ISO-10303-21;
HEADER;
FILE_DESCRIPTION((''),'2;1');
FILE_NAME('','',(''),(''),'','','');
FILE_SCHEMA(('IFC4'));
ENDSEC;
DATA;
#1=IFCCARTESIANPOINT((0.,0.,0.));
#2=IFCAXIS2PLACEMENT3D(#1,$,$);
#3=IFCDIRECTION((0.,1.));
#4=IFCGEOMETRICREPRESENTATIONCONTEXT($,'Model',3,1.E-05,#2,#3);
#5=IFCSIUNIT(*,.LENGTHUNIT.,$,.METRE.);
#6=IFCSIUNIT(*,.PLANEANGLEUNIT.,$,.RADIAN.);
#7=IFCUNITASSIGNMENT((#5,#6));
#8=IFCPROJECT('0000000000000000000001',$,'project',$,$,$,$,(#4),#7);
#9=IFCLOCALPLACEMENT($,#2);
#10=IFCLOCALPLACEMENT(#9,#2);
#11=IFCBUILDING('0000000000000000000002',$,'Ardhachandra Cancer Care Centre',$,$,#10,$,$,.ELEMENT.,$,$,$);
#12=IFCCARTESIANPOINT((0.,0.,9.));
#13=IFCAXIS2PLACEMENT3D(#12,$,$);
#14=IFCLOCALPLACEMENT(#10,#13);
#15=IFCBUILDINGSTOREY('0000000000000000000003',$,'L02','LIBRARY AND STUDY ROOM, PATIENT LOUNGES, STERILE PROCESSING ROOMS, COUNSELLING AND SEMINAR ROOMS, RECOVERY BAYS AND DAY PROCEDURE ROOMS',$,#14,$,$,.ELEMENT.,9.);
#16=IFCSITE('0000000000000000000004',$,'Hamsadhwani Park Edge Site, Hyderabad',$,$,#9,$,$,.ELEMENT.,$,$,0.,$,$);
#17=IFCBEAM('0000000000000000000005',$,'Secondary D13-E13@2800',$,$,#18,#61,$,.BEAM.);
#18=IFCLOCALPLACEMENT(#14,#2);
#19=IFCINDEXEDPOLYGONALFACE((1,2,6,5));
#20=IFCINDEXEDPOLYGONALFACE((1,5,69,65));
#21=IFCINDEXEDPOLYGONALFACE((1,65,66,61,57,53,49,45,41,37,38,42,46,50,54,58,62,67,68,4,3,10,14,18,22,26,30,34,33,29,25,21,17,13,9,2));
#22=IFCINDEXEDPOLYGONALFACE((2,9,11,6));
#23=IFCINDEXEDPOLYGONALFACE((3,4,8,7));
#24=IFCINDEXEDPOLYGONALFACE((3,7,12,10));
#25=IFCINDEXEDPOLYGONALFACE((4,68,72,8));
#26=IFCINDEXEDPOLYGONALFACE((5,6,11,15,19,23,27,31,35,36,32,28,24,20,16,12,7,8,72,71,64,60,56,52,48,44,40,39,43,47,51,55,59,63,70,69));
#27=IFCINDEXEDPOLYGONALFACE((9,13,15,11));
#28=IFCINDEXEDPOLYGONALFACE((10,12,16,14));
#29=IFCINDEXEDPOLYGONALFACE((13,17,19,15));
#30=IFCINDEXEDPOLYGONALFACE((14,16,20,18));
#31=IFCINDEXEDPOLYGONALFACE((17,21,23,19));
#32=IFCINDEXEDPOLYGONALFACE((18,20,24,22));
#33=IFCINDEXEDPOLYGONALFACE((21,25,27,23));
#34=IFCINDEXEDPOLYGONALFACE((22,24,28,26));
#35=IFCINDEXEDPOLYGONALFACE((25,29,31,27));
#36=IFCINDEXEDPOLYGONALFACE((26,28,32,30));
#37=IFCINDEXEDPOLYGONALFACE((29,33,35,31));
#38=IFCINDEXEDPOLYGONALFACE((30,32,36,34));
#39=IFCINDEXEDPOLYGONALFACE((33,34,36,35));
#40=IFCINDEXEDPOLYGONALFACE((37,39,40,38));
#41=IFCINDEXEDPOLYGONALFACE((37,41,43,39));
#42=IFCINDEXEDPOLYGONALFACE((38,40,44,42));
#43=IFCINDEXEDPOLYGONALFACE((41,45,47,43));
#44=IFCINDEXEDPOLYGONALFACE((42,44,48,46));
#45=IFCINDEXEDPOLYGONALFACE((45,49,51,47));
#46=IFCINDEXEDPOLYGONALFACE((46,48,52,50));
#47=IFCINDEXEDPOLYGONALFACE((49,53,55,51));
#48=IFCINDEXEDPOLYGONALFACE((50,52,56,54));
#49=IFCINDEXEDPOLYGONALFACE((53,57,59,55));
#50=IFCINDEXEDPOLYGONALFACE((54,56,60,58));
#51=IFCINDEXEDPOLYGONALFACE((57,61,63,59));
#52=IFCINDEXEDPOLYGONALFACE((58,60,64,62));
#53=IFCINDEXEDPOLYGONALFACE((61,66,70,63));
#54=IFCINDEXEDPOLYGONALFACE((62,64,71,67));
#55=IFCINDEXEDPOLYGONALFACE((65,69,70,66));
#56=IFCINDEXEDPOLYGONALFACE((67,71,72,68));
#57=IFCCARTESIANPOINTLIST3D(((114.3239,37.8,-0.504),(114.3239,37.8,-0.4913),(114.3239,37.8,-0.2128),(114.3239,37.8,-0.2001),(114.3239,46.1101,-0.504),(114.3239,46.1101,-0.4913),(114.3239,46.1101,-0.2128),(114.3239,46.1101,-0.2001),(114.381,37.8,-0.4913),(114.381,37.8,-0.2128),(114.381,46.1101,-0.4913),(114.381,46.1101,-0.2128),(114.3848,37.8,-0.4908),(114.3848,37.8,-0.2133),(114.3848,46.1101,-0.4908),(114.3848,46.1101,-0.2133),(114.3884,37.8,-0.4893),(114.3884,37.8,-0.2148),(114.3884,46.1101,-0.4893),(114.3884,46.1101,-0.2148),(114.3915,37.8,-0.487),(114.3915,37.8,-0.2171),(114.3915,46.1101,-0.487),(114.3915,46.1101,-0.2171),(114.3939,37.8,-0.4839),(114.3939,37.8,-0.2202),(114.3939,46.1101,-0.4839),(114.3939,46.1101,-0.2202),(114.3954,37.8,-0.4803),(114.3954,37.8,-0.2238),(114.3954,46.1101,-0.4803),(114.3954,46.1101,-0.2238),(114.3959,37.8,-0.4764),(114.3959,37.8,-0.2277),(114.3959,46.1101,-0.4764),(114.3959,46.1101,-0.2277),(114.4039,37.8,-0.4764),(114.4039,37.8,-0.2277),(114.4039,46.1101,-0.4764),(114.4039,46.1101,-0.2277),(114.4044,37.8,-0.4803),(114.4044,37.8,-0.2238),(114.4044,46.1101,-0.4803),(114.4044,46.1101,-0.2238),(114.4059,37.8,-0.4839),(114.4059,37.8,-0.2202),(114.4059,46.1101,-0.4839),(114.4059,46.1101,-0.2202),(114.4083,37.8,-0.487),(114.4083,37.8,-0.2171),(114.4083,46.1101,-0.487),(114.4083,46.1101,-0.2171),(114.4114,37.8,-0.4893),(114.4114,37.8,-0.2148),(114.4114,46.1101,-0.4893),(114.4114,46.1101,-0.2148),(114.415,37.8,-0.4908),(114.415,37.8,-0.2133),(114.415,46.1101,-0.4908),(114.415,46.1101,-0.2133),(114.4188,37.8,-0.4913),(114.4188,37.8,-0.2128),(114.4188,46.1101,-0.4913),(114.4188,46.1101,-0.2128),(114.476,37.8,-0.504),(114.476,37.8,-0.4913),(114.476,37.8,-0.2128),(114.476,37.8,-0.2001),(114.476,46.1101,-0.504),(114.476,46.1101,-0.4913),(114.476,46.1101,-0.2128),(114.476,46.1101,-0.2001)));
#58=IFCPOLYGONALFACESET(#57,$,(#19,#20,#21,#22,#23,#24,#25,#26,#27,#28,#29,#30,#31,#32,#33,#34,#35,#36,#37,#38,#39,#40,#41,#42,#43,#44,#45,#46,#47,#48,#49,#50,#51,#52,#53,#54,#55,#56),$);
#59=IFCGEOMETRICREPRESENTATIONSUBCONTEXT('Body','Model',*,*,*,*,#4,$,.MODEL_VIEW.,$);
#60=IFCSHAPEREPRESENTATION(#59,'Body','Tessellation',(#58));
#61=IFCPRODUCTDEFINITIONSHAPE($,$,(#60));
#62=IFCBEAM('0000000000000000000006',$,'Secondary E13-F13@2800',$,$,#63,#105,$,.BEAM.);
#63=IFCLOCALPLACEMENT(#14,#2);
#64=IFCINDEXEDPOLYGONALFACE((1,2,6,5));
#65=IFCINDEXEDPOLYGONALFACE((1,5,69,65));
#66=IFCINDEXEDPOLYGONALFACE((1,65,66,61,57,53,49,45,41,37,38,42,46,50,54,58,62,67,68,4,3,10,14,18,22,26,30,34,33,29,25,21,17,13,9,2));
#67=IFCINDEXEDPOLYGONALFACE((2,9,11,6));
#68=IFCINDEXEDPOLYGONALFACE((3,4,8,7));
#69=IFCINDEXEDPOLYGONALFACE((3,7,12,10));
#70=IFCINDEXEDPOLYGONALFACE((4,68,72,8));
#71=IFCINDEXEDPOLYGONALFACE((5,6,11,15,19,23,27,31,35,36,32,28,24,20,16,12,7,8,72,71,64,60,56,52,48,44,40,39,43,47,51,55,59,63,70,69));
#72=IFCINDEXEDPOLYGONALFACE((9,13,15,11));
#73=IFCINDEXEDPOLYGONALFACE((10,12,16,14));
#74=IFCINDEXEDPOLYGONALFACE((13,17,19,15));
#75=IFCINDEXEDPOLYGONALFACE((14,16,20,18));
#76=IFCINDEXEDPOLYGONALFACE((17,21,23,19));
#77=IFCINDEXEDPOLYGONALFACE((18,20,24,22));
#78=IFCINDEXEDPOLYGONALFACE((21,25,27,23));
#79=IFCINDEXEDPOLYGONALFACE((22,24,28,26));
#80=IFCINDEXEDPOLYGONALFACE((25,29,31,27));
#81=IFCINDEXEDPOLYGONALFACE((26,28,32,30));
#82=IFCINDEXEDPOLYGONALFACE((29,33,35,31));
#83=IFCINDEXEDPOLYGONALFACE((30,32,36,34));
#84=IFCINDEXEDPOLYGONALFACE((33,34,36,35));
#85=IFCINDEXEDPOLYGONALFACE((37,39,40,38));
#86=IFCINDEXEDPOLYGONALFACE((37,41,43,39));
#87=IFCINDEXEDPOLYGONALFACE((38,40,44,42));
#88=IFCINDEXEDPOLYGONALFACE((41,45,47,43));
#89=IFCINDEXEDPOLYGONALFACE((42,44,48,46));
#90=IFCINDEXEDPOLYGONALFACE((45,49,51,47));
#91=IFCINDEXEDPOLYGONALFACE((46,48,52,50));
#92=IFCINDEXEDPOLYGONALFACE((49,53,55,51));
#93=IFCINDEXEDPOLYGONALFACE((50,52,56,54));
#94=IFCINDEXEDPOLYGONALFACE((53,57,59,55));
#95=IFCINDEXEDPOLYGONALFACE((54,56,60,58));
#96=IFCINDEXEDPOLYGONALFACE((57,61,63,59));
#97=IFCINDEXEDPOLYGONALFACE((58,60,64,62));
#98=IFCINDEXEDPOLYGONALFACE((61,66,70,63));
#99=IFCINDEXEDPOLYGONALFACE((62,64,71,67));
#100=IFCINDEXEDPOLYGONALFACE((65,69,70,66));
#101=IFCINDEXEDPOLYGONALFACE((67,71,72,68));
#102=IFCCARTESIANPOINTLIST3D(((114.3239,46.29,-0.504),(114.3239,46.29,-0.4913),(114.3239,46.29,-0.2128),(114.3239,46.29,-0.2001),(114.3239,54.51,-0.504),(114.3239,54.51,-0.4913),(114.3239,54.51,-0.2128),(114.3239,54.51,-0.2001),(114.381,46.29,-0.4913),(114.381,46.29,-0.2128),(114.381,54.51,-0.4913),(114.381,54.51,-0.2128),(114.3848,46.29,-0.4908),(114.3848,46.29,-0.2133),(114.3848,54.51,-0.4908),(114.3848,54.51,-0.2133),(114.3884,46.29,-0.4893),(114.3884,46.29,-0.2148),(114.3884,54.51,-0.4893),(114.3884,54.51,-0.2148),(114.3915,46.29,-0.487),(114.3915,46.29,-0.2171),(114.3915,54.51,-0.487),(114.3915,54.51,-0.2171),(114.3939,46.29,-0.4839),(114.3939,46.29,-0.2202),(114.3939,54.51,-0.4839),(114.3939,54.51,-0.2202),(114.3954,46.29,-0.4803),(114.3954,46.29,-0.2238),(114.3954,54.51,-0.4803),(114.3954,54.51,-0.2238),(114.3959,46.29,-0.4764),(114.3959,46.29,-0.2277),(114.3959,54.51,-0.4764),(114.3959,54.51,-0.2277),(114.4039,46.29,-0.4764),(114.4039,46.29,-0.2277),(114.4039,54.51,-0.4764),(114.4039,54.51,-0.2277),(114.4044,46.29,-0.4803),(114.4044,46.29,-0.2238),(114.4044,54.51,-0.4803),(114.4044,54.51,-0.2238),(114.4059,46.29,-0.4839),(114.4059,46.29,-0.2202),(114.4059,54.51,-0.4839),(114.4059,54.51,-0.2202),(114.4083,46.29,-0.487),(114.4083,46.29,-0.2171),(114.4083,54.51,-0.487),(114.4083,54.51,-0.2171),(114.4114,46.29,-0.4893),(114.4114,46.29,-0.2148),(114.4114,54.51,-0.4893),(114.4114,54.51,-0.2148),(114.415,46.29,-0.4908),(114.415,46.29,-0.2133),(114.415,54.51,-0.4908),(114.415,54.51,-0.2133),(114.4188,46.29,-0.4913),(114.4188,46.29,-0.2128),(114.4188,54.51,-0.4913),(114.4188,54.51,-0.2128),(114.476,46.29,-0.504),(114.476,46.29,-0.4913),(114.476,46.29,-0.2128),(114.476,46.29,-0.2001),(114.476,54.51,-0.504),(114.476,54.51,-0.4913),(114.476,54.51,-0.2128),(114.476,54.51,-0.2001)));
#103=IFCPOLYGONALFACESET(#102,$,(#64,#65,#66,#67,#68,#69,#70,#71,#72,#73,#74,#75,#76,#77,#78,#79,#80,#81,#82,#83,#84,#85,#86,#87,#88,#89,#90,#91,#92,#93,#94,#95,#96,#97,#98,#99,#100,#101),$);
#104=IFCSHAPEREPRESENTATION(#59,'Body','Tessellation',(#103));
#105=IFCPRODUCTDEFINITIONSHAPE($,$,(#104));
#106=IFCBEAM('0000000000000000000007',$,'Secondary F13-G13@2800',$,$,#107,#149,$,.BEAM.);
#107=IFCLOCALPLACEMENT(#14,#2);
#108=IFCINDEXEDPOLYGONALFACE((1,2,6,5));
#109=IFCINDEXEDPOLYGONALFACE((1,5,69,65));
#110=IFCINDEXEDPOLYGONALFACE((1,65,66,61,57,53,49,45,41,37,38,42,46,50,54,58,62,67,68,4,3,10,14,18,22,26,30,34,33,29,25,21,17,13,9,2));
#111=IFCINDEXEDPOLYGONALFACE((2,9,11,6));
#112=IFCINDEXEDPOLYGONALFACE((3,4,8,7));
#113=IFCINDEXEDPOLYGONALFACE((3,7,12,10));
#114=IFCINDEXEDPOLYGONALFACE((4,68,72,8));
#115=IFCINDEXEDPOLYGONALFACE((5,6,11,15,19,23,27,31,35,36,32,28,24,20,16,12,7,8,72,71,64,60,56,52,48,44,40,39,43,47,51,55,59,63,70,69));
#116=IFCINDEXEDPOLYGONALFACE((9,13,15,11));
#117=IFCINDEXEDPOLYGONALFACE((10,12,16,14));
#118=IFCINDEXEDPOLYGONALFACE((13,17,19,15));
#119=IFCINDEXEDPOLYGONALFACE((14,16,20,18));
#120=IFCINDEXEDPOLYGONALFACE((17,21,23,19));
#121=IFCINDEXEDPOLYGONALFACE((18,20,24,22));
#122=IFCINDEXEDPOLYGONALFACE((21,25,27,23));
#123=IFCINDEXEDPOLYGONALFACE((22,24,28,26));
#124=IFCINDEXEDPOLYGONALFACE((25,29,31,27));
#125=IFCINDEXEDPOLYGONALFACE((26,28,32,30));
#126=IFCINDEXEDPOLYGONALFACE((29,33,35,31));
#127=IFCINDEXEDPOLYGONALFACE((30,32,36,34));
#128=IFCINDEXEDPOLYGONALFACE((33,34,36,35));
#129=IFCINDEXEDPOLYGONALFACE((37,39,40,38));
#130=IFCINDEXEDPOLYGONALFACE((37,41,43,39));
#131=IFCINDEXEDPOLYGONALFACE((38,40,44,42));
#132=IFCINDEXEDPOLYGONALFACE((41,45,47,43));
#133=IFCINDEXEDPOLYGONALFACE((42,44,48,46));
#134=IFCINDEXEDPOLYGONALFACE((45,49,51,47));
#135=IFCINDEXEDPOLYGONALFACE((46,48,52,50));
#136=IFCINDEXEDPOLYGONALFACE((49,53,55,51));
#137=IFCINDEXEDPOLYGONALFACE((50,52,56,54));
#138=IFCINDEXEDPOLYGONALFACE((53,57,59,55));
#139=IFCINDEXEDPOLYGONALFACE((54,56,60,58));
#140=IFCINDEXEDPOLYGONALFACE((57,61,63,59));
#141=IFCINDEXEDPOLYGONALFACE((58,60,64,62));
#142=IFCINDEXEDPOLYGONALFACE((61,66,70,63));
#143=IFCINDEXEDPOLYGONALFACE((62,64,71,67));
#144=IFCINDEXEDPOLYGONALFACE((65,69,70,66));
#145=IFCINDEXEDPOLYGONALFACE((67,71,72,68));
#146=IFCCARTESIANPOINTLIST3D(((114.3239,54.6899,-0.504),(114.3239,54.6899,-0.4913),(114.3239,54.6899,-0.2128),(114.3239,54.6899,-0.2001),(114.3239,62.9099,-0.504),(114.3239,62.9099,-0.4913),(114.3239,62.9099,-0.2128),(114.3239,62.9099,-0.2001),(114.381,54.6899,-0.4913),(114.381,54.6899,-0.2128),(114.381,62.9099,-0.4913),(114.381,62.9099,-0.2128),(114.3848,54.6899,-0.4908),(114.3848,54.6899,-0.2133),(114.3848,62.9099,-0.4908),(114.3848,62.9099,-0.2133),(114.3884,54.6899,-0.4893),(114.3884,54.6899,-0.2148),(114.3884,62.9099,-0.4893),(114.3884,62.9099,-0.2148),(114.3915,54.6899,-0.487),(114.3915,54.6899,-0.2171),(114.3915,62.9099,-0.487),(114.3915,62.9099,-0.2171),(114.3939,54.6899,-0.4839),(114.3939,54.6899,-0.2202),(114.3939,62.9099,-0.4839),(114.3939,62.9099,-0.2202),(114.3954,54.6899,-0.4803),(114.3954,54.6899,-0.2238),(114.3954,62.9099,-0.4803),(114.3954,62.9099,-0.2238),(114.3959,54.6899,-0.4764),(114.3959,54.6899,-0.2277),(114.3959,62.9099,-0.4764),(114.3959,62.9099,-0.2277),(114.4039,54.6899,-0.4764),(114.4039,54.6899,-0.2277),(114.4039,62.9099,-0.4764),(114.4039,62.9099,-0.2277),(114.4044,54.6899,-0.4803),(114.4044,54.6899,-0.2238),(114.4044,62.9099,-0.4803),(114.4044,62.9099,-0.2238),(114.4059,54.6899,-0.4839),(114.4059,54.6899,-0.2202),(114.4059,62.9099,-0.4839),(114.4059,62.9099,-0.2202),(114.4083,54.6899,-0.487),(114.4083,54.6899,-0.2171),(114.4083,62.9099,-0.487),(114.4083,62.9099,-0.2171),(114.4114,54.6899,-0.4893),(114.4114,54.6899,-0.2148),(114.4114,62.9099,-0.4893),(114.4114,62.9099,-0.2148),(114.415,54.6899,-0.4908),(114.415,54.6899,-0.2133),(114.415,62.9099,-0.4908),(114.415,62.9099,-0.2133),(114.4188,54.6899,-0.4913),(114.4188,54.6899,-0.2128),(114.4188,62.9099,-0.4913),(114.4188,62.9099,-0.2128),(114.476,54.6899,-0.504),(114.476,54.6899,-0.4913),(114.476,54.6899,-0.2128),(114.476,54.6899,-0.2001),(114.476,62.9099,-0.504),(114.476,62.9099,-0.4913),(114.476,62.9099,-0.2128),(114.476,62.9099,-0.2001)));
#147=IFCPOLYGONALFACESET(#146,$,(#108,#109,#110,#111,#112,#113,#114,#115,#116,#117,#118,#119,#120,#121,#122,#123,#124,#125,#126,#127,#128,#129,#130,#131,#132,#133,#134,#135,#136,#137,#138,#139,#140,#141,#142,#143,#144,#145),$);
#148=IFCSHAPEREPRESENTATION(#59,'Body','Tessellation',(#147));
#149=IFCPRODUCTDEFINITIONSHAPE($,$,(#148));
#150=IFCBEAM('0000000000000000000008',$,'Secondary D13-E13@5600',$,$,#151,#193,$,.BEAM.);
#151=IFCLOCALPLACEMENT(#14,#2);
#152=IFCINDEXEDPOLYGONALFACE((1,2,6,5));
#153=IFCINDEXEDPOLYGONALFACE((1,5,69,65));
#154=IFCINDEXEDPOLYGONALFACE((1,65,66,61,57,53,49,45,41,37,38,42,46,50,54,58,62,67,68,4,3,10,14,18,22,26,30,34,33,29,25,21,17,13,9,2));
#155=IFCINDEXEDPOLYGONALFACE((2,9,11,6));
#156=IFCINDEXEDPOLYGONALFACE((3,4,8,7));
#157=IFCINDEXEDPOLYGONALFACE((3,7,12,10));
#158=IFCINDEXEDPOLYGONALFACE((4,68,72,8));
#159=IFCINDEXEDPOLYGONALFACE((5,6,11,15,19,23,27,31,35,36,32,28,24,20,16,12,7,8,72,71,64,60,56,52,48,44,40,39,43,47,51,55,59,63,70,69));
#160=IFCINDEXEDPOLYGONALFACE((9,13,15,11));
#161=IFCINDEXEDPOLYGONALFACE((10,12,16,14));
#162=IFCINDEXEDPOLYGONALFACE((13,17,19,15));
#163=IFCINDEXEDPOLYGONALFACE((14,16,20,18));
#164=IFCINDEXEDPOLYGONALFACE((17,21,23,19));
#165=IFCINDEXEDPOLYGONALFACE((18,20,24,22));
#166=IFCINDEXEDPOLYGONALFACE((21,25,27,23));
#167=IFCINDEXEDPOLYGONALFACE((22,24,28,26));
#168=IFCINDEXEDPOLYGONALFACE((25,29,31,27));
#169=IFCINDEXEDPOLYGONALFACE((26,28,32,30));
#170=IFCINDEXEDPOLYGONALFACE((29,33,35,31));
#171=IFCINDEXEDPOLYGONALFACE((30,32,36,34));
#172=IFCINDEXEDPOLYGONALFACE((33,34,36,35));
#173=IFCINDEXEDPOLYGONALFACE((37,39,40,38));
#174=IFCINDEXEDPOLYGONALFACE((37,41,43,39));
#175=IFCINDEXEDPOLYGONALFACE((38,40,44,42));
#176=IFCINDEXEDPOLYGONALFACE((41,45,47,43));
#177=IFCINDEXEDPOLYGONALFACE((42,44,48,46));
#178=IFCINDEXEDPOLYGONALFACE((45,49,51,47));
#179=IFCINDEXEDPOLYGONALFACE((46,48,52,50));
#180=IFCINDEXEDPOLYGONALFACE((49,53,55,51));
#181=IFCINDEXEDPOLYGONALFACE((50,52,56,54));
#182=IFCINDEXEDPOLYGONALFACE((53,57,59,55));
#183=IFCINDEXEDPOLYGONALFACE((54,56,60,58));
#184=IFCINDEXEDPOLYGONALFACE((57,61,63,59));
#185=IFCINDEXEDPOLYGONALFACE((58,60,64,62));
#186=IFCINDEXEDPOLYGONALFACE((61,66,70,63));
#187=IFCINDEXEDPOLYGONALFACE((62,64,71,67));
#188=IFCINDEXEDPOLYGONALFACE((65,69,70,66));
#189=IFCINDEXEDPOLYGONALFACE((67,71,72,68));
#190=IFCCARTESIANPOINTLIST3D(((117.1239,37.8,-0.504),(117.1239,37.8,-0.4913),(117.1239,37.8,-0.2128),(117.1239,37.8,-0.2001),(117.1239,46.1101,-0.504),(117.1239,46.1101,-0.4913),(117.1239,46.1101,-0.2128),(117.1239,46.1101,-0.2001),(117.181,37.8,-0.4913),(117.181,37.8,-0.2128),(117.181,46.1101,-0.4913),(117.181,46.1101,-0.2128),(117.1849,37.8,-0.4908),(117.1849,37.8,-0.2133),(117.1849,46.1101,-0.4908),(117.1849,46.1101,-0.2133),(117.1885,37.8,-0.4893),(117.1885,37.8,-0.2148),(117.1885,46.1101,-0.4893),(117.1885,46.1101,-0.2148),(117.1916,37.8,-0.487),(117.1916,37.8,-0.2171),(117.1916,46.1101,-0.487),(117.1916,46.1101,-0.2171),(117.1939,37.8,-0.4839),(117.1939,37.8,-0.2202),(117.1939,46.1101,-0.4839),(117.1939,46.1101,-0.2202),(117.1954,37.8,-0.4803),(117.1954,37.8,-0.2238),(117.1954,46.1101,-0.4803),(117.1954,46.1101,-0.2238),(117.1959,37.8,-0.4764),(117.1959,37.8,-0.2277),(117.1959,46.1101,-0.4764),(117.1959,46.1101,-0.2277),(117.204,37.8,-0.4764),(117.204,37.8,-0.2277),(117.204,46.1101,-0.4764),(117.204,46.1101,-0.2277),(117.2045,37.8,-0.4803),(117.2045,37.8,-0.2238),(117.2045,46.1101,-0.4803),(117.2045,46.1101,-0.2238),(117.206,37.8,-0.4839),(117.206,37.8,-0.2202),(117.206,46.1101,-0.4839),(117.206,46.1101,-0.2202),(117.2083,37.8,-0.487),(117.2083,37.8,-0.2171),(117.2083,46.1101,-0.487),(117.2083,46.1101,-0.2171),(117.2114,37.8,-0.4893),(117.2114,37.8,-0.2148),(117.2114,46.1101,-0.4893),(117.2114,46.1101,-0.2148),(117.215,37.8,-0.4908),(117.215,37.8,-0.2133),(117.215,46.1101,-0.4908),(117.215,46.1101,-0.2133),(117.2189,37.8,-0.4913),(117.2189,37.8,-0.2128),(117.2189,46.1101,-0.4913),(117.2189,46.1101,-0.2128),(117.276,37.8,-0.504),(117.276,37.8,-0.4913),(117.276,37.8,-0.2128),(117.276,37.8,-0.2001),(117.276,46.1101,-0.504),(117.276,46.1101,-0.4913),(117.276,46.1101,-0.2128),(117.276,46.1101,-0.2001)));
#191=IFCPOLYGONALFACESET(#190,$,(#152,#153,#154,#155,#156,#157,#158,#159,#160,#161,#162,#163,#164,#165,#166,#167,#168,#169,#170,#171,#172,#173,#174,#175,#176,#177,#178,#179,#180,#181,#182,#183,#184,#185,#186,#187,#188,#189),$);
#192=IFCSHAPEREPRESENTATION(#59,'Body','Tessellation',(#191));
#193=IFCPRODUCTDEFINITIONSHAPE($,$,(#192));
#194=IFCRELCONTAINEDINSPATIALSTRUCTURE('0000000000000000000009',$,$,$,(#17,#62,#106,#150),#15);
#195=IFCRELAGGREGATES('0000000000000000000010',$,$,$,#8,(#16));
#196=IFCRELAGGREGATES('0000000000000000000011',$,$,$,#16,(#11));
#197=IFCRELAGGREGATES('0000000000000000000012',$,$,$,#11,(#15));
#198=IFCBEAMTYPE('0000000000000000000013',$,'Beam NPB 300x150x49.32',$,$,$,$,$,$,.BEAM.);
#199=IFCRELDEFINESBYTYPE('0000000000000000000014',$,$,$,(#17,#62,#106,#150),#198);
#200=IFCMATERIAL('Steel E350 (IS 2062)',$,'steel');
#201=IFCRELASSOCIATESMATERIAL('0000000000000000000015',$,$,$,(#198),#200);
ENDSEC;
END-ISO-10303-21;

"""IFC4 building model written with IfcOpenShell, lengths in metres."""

from ifc_helpers import new_model, si_unit, direction, frame, origin, origin_2d, place, context, subcontext, project, spatial, i_section, extrude, material, material_profile, profile_set, type_object, element, save


model = new_model("IFC4")

# Units and contexts
model_context = context("Model", 3, precision=1e-05, world=origin(), true_north=direction((0.0, 1.0)))
body_context = subcontext(model_context, "Body", "Model", "MODEL_VIEW")
ifc_project = project(units=[si_unit("LENGTHUNIT", "METRE"), si_unit("PLANEANGLEUNIT", "RADIAN")], contexts=[model_context])

# Site, building, storey
site_placement = place(None, origin())
site = spatial("IfcSite", under=ifc_project, at=site_placement, Name="Hamsadhwani Park Edge Site, Hyderabad", CompositionType="ELEMENT", RefElevation=0.0)
building_placement = place(site_placement, origin())
building = spatial("IfcBuilding", under=site, at=building_placement, Name="Ardhachandra Cancer Care Centre", CompositionType="ELEMENT")
storey_placement = place(building_placement, frame((0.0, 0.0, 9.0)))
storey = spatial("IfcBuildingStorey", under=building, at=storey_placement, Name="L02", Description="LIBRARY AND STUDY ROOM, PATIENT LOUNGES, STERILE PROCESSING ROOMS, COUNSELLING AND SEMINAR ROOMS, RECOVERY BAYS AND DAY PROCEDURE ROOMS", CompositionType="ELEMENT", Elevation=9.0)

# Beams
ifc_material_1 = material(Name="Steel E350 (IS 2062)", Category="steel")
ifc_material_profile_1 = material_profile(ifc_material_1, i_section(OverallWidth=0.1521, OverallDepth=0.304, WebThickness=0.0081, FlangeThickness=0.0127, FilletRadius=0.0149, at=origin_2d()), Name="NPB 300x150x49.32")
ifc_profile_set_1 = profile_set([ifc_material_profile_1], Name="Steel E350 (IS 2062)")
beam_type_1 = type_object("IfcBeamType", Name="Beam NPB 300x150x49.32", PredefinedType="BEAM", material=ifc_profile_set_1)
beam_1_placement = place(storey_placement, frame((114.3999, 37.8, -0.3521), z_axis=(0.0, 1.0, 0.0), x_axis=(-1.0, 0.0, 0.0)))
element("IfcBeam", 1, at=beam_1_placement, inside=storey, type_object=beam_type_1, Name="Secondary D13-E13@2800", PredefinedType="BEAM", context=body_context, shape_type="SweptSolid", body=[
    extrude(i_section(OverallWidth=0.1521, OverallDepth=0.304, WebThickness=0.0081, FlangeThickness=0.0127, FilletRadius=0.0149, at=origin_2d()), origin(), (0.0, 0.0, 1.0), 8.3101),
])
for number, where, z_axis, x_axis, name in (
    (2, (114.3999, 46.29, -0.3521), (0.0, 1.0, 0.0), (-1.0, 0.0, 0.0), "Secondary E13-F13@2800"),
    (3, (114.3999, 54.6899, -0.3521), (0.0, 1.0, 0.0), (-1.0, 0.0, 0.0), "Secondary F13-G13@2800"),
):
    element("IfcBeam", number, at=place(storey_placement, frame(where, z_axis=z_axis, x_axis=x_axis)), inside=storey, type_object=beam_type_1, Name=name, PredefinedType="BEAM", context=body_context, shape_type="SweptSolid", body=[
        extrude(i_section(OverallWidth=0.1521, OverallDepth=0.304, WebThickness=0.0081, FlangeThickness=0.0127, FilletRadius=0.0149, at=origin_2d()), origin(), (0.0, 0.0, 1.0), 8.22),
    ])
beam_2_placement = place(storey_placement, frame((117.2, 37.8, -0.3521), z_axis=(0.0, 1.0, 0.0), x_axis=(-1.0, 0.0, 0.0)))
element("IfcBeam", 4, at=beam_2_placement, inside=storey, type_object=beam_type_1, Name="Secondary D13-E13@5600", PredefinedType="BEAM", context=body_context, shape_type="SweptSolid", body=[
    extrude(i_section(OverallWidth=0.1521, OverallDepth=0.304, WebThickness=0.0081, FlangeThickness=0.0127, FilletRadius=0.0149, at=origin_2d()), origin(), (0.0, 0.0, 1.0), 8.3101),
])

save(model, "model.ifc")
